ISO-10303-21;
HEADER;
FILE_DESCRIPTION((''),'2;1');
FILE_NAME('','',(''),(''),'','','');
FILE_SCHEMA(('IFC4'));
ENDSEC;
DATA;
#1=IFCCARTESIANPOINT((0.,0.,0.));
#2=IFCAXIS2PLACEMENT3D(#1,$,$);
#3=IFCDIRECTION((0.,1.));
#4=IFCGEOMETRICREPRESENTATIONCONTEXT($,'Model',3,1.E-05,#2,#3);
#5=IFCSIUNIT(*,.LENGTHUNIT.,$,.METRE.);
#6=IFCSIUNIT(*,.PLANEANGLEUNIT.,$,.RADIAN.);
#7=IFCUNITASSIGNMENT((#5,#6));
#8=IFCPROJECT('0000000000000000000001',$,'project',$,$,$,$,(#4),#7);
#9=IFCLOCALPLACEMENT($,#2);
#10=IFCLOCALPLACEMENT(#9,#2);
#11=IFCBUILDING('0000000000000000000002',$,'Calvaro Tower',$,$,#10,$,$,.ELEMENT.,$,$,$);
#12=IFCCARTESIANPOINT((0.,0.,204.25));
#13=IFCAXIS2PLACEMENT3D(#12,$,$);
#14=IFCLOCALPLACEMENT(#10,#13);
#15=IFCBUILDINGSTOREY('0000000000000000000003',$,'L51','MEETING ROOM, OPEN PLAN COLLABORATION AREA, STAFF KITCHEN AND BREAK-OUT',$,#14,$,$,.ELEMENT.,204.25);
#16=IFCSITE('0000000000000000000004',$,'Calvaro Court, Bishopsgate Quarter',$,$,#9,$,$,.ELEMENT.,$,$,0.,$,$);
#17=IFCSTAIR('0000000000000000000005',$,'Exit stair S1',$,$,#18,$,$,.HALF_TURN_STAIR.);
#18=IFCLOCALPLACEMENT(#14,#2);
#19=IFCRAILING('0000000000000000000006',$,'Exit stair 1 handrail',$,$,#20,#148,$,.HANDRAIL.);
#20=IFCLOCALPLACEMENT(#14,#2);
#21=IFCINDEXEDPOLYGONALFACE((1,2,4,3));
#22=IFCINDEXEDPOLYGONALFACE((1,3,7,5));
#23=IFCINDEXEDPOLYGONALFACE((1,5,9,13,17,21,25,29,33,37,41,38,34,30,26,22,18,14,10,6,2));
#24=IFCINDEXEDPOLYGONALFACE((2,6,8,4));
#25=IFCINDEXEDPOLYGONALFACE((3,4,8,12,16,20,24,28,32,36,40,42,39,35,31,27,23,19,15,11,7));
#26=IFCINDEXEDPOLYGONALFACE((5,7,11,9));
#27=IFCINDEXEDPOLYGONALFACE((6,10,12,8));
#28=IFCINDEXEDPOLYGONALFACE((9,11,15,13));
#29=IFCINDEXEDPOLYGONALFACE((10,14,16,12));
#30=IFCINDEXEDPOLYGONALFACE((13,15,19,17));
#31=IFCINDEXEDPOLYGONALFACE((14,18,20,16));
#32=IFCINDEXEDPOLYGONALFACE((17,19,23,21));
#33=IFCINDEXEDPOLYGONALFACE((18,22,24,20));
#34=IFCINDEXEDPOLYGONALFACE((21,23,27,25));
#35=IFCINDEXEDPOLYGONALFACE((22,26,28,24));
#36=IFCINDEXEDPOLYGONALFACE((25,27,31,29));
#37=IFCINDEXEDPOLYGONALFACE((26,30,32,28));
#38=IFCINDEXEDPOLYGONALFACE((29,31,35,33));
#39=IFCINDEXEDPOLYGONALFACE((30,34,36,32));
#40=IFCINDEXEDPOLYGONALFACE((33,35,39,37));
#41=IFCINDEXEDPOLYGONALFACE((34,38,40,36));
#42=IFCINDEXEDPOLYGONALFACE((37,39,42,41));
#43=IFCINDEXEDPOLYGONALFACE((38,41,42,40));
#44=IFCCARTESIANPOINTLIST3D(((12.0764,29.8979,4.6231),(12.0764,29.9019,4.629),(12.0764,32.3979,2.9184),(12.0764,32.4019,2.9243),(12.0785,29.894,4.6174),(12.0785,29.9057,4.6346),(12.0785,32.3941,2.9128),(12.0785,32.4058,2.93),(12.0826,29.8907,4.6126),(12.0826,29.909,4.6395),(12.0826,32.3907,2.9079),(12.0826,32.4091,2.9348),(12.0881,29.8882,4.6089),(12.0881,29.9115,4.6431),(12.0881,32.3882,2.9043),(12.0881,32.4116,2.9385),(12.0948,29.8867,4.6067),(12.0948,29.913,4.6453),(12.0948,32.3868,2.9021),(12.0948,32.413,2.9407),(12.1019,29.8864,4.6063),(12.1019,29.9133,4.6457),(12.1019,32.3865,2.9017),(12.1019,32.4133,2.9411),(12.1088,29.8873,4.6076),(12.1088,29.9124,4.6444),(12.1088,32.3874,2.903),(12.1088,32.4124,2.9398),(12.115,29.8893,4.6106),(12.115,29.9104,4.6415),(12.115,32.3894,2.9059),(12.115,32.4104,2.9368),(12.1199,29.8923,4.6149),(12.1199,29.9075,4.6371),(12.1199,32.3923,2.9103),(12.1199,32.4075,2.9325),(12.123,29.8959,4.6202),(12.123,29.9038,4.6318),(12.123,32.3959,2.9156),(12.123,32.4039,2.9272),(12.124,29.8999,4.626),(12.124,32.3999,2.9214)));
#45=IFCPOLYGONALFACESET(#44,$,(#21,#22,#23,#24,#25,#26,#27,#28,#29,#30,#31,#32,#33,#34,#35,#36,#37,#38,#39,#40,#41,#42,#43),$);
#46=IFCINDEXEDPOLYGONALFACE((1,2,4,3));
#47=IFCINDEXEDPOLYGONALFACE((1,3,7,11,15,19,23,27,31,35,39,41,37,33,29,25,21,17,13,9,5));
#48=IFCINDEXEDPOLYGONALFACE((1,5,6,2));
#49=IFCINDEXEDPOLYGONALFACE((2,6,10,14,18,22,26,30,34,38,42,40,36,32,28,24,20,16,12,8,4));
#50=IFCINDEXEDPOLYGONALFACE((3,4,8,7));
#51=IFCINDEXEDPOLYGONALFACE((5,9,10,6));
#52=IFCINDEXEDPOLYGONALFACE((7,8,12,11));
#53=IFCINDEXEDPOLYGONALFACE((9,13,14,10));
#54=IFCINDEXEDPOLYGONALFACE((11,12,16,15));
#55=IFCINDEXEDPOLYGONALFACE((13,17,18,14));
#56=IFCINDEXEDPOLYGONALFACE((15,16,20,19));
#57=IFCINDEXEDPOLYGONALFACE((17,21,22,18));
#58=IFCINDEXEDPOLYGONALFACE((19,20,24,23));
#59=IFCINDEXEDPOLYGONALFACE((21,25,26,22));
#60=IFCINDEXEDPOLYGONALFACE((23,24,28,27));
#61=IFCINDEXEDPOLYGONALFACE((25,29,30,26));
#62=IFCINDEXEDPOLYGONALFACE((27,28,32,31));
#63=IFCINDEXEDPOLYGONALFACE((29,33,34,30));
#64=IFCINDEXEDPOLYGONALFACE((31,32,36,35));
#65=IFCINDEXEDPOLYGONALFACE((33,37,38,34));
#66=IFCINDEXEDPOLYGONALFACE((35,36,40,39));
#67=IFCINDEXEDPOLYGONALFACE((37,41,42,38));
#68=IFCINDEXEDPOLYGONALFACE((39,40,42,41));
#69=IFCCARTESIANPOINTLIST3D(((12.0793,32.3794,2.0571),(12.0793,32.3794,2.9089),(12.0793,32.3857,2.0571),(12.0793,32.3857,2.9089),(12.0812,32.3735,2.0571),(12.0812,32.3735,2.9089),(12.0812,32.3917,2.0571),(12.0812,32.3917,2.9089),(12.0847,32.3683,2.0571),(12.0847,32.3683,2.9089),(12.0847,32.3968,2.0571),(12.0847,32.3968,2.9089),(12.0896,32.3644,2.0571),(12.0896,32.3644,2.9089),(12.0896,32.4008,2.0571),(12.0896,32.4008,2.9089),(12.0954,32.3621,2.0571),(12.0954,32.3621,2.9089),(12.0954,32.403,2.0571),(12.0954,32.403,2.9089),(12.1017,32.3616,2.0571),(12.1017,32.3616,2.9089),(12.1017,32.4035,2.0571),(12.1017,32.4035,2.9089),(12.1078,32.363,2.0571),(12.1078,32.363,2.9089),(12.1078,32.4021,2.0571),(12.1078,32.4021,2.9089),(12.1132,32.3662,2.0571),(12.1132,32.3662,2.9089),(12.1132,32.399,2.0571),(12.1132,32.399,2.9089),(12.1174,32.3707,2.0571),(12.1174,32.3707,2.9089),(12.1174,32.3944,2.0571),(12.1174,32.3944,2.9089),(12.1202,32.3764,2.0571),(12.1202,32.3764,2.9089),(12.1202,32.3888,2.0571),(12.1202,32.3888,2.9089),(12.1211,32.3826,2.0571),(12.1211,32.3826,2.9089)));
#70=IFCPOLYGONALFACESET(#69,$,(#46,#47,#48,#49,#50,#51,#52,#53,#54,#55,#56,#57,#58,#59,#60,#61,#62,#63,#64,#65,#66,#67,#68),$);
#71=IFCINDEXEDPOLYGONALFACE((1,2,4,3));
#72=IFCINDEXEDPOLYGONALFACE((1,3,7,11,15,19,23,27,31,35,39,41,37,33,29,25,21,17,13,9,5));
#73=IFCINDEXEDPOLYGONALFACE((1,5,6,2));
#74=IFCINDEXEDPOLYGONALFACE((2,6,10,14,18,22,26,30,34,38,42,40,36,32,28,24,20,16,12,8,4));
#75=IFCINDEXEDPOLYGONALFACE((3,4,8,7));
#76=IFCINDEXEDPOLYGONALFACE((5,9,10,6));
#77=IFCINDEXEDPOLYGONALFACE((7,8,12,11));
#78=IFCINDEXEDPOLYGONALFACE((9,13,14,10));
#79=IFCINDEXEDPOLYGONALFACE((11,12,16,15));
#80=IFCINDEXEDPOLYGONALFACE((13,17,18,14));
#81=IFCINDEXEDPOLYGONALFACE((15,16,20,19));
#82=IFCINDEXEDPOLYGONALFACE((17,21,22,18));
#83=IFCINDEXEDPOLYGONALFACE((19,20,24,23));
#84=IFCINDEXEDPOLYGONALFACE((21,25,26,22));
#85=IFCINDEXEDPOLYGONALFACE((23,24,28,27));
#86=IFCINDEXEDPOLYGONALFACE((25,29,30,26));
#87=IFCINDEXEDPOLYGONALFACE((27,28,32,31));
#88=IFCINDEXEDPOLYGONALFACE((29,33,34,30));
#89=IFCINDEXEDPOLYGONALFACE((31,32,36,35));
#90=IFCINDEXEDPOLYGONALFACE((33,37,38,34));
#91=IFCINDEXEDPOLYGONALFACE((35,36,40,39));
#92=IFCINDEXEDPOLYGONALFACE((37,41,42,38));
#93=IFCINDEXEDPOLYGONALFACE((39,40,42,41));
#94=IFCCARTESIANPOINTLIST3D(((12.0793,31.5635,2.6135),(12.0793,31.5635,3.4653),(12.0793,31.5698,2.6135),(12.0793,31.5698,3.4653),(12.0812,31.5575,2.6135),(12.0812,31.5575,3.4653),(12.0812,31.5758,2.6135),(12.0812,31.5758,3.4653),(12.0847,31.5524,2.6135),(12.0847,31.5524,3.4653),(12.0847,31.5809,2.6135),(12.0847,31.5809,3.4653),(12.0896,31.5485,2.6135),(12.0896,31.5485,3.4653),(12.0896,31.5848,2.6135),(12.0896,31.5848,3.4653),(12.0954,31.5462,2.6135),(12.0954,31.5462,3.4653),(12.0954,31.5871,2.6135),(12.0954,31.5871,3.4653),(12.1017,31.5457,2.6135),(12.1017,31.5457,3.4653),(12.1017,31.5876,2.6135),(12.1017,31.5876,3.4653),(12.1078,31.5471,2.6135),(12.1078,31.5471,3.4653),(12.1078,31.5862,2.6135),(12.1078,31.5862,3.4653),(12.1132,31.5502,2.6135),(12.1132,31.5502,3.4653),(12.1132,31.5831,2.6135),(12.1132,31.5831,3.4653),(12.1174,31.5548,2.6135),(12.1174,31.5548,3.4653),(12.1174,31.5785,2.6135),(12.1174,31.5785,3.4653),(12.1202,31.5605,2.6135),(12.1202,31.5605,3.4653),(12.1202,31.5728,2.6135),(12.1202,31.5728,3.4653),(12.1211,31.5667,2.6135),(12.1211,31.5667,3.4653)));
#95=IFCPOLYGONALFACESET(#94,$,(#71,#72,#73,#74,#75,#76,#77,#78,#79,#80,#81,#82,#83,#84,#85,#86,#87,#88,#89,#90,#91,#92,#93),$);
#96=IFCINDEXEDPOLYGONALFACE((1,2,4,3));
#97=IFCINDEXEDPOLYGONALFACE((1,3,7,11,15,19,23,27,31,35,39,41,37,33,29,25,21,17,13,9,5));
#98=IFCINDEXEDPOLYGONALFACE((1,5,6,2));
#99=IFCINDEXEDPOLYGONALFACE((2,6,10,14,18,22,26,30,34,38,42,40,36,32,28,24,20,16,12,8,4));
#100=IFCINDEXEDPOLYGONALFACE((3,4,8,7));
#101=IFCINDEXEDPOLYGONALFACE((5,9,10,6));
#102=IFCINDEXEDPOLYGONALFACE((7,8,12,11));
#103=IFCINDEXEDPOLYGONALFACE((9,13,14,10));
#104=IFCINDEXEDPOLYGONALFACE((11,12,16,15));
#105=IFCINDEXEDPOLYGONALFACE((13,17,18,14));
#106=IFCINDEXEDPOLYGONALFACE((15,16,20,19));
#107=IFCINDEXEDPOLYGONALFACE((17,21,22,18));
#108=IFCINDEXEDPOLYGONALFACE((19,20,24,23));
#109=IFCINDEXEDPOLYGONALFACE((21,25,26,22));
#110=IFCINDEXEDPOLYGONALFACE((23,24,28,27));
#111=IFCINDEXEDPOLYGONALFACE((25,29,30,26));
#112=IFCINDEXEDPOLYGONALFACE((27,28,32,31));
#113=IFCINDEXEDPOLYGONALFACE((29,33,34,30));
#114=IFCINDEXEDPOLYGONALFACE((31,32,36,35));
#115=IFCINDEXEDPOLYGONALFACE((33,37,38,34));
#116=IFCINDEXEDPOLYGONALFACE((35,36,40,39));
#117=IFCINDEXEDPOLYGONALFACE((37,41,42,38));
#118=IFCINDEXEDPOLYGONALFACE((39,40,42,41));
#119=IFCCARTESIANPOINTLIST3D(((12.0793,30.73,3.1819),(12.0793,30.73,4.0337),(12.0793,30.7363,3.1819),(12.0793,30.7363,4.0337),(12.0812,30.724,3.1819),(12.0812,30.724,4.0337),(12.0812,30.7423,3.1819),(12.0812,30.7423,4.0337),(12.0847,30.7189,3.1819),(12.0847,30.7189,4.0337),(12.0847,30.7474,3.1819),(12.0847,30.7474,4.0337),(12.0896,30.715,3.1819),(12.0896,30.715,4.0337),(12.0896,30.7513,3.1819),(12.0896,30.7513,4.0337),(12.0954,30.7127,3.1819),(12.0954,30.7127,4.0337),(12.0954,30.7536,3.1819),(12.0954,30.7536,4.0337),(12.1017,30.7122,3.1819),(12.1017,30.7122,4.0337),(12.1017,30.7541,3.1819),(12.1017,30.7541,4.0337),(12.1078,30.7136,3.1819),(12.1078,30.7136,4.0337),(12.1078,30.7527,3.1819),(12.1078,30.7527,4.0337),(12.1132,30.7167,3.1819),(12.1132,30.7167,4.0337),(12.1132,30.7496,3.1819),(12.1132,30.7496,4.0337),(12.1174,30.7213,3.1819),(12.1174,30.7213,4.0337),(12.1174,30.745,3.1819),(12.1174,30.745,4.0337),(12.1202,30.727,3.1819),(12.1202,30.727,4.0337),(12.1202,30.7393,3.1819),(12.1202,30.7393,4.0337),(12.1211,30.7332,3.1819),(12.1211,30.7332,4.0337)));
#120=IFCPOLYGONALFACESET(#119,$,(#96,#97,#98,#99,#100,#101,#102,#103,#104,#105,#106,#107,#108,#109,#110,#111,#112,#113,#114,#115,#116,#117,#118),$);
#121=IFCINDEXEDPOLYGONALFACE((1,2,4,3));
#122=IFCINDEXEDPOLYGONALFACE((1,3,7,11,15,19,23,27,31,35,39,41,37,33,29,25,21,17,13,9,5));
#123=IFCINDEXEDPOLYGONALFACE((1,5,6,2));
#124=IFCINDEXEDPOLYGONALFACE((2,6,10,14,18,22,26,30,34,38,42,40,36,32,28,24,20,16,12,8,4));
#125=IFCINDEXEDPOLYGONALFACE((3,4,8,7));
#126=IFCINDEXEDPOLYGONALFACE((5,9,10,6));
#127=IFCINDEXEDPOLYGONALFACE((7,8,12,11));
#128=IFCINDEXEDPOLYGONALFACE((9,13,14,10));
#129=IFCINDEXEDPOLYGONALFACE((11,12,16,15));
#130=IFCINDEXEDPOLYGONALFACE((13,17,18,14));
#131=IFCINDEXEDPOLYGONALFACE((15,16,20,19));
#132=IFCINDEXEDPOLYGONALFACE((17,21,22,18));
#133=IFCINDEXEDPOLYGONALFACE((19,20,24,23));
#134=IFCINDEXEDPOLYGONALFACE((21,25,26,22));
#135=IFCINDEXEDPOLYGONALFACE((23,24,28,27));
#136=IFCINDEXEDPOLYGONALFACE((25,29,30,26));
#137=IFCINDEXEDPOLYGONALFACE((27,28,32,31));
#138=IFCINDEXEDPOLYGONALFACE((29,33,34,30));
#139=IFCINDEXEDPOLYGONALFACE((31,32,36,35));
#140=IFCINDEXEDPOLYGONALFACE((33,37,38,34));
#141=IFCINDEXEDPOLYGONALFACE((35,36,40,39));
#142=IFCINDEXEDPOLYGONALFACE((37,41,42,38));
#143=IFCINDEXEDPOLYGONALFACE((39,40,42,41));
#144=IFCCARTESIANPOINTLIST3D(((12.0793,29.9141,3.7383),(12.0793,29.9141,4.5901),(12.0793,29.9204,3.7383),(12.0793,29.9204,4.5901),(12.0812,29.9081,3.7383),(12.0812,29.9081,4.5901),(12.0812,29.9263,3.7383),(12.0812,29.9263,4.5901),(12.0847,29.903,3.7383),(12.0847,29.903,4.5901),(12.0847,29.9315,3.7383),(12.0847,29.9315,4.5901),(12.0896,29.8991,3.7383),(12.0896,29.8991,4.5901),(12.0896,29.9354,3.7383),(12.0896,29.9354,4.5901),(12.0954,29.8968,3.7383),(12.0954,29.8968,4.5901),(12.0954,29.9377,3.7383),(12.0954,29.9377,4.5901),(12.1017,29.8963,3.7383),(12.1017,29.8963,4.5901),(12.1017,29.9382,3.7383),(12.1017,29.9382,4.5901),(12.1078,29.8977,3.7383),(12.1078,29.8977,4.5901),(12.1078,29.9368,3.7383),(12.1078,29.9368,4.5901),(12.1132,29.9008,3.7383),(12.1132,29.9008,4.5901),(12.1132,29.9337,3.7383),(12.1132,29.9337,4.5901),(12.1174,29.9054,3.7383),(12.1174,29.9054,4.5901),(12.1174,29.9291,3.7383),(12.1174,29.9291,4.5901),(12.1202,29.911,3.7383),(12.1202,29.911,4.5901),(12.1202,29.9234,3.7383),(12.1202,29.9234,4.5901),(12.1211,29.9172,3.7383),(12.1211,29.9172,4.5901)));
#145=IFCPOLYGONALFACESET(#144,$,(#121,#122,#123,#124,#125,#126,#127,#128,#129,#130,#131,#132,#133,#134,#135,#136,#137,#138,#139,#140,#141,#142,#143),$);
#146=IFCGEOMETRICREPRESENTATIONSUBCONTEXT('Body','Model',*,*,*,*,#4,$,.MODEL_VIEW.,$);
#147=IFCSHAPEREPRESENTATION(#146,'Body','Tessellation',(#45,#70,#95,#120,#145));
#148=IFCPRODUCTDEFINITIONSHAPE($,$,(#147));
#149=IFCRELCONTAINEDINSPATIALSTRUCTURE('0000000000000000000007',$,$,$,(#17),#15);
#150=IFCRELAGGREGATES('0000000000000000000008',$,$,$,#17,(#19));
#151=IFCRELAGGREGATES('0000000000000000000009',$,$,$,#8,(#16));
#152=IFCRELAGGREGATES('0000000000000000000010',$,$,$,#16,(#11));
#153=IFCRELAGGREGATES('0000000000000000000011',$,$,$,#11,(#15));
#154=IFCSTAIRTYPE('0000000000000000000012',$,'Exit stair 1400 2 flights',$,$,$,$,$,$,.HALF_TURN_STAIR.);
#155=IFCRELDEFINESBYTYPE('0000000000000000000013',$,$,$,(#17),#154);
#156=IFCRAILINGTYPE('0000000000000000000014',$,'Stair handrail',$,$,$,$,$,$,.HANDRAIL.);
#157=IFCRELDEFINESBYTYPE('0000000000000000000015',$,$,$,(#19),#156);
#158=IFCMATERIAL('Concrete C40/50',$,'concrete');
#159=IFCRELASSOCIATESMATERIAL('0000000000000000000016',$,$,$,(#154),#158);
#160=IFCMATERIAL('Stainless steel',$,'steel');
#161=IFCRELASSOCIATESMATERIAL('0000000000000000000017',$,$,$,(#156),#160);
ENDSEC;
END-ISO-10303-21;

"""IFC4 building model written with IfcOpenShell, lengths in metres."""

from ifc_helpers import new_model, si_unit, direction, frame, origin, origin_2d, place, context, subcontext, project, spatial, circle, extrude, material, type_object, element, aggregate, save


model = new_model("IFC4")

# Units and contexts
model_context = context("Model", 3, precision=1e-05, world=origin(), true_north=direction((0.0, 1.0)))
body_context = subcontext(model_context, "Body", "Model", "MODEL_VIEW")
ifc_project = project(units=[si_unit("LENGTHUNIT", "METRE"), si_unit("PLANEANGLEUNIT", "RADIAN")], contexts=[model_context])

# Site, building, storey
site_placement = place(None, origin())
site = spatial("IfcSite", under=ifc_project, at=site_placement, Name="Calvaro Court, Bishopsgate Quarter", CompositionType="ELEMENT", RefElevation=0.0)
building_placement = place(site_placement, origin())
building = spatial("IfcBuilding", under=site, at=building_placement, Name="Calvaro Tower", CompositionType="ELEMENT")
storey_placement = place(building_placement, frame((0.0, 0.0, 204.25)))
storey = spatial("IfcBuildingStorey", under=building, at=storey_placement, Name="L51", Description="MEETING ROOM, OPEN PLAN COLLABORATION AREA, STAFF KITCHEN AND BREAK-OUT", CompositionType="ELEMENT", Elevation=204.25)

# Stair, railing
ifc_material_1 = material(Name="Concrete C40/50", Category="concrete")
stair_type = type_object("IfcStairType", Name="Exit stair 1400 2 flights", PredefinedType="HALF_TURN_STAIR", material=ifc_material_1)
stair_placement = place(storey_placement, origin())
stair = element("IfcStair", 1, at=stair_placement, inside=storey, type_object=stair_type, Name="Exit stair S1", PredefinedType="HALF_TURN_STAIR")
ifc_material_2 = material(Name="Stainless steel", Category="steel")
railing_type = type_object("IfcRailingType", Name="Stair handrail", PredefinedType="HANDRAIL", material=ifc_material_2)
railing_placement = place(storey_placement, frame((12.1001, 32.3999, 2.0454)))
railing = element("IfcRailing", 2, at=railing_placement, type_object=railing_type, Name="Exit stair 1 handrail", PredefinedType="HANDRAIL", context=body_context, shape_type="SweptSolid", body=[
    extrude(circle(Radius=0.0239, at=origin_2d()), frame((0.0, 0.0, 0.876), z_axis=(0.0, -0.826221, 0.563347), x_axis=(1.0, 0.0, 0.0)), (0.0, 0.0, 1.0), 3.0259),
    extrude(circle(Radius=0.021, at=origin_2d()), frame((0.0, -0.0173, 0.0117)), (0.0, 0.0, 1.0), 0.8518),
    extrude(circle(Radius=0.021, at=origin_2d()), frame((0.0, -0.8333, 0.5681)), (0.0, 0.0, 1.0), 0.8518),
    extrude(circle(Radius=0.021, at=origin_2d()), frame((0.0, -1.6667, 1.1365)), (0.0, 0.0, 1.0), 0.8518),
    extrude(circle(Radius=0.021, at=origin_2d()), frame((0.0, -2.4827, 1.6929)), (0.0, 0.0, 1.0), 0.8518),
])
aggregate(stair, [railing])

save(model, "model.ifc")
